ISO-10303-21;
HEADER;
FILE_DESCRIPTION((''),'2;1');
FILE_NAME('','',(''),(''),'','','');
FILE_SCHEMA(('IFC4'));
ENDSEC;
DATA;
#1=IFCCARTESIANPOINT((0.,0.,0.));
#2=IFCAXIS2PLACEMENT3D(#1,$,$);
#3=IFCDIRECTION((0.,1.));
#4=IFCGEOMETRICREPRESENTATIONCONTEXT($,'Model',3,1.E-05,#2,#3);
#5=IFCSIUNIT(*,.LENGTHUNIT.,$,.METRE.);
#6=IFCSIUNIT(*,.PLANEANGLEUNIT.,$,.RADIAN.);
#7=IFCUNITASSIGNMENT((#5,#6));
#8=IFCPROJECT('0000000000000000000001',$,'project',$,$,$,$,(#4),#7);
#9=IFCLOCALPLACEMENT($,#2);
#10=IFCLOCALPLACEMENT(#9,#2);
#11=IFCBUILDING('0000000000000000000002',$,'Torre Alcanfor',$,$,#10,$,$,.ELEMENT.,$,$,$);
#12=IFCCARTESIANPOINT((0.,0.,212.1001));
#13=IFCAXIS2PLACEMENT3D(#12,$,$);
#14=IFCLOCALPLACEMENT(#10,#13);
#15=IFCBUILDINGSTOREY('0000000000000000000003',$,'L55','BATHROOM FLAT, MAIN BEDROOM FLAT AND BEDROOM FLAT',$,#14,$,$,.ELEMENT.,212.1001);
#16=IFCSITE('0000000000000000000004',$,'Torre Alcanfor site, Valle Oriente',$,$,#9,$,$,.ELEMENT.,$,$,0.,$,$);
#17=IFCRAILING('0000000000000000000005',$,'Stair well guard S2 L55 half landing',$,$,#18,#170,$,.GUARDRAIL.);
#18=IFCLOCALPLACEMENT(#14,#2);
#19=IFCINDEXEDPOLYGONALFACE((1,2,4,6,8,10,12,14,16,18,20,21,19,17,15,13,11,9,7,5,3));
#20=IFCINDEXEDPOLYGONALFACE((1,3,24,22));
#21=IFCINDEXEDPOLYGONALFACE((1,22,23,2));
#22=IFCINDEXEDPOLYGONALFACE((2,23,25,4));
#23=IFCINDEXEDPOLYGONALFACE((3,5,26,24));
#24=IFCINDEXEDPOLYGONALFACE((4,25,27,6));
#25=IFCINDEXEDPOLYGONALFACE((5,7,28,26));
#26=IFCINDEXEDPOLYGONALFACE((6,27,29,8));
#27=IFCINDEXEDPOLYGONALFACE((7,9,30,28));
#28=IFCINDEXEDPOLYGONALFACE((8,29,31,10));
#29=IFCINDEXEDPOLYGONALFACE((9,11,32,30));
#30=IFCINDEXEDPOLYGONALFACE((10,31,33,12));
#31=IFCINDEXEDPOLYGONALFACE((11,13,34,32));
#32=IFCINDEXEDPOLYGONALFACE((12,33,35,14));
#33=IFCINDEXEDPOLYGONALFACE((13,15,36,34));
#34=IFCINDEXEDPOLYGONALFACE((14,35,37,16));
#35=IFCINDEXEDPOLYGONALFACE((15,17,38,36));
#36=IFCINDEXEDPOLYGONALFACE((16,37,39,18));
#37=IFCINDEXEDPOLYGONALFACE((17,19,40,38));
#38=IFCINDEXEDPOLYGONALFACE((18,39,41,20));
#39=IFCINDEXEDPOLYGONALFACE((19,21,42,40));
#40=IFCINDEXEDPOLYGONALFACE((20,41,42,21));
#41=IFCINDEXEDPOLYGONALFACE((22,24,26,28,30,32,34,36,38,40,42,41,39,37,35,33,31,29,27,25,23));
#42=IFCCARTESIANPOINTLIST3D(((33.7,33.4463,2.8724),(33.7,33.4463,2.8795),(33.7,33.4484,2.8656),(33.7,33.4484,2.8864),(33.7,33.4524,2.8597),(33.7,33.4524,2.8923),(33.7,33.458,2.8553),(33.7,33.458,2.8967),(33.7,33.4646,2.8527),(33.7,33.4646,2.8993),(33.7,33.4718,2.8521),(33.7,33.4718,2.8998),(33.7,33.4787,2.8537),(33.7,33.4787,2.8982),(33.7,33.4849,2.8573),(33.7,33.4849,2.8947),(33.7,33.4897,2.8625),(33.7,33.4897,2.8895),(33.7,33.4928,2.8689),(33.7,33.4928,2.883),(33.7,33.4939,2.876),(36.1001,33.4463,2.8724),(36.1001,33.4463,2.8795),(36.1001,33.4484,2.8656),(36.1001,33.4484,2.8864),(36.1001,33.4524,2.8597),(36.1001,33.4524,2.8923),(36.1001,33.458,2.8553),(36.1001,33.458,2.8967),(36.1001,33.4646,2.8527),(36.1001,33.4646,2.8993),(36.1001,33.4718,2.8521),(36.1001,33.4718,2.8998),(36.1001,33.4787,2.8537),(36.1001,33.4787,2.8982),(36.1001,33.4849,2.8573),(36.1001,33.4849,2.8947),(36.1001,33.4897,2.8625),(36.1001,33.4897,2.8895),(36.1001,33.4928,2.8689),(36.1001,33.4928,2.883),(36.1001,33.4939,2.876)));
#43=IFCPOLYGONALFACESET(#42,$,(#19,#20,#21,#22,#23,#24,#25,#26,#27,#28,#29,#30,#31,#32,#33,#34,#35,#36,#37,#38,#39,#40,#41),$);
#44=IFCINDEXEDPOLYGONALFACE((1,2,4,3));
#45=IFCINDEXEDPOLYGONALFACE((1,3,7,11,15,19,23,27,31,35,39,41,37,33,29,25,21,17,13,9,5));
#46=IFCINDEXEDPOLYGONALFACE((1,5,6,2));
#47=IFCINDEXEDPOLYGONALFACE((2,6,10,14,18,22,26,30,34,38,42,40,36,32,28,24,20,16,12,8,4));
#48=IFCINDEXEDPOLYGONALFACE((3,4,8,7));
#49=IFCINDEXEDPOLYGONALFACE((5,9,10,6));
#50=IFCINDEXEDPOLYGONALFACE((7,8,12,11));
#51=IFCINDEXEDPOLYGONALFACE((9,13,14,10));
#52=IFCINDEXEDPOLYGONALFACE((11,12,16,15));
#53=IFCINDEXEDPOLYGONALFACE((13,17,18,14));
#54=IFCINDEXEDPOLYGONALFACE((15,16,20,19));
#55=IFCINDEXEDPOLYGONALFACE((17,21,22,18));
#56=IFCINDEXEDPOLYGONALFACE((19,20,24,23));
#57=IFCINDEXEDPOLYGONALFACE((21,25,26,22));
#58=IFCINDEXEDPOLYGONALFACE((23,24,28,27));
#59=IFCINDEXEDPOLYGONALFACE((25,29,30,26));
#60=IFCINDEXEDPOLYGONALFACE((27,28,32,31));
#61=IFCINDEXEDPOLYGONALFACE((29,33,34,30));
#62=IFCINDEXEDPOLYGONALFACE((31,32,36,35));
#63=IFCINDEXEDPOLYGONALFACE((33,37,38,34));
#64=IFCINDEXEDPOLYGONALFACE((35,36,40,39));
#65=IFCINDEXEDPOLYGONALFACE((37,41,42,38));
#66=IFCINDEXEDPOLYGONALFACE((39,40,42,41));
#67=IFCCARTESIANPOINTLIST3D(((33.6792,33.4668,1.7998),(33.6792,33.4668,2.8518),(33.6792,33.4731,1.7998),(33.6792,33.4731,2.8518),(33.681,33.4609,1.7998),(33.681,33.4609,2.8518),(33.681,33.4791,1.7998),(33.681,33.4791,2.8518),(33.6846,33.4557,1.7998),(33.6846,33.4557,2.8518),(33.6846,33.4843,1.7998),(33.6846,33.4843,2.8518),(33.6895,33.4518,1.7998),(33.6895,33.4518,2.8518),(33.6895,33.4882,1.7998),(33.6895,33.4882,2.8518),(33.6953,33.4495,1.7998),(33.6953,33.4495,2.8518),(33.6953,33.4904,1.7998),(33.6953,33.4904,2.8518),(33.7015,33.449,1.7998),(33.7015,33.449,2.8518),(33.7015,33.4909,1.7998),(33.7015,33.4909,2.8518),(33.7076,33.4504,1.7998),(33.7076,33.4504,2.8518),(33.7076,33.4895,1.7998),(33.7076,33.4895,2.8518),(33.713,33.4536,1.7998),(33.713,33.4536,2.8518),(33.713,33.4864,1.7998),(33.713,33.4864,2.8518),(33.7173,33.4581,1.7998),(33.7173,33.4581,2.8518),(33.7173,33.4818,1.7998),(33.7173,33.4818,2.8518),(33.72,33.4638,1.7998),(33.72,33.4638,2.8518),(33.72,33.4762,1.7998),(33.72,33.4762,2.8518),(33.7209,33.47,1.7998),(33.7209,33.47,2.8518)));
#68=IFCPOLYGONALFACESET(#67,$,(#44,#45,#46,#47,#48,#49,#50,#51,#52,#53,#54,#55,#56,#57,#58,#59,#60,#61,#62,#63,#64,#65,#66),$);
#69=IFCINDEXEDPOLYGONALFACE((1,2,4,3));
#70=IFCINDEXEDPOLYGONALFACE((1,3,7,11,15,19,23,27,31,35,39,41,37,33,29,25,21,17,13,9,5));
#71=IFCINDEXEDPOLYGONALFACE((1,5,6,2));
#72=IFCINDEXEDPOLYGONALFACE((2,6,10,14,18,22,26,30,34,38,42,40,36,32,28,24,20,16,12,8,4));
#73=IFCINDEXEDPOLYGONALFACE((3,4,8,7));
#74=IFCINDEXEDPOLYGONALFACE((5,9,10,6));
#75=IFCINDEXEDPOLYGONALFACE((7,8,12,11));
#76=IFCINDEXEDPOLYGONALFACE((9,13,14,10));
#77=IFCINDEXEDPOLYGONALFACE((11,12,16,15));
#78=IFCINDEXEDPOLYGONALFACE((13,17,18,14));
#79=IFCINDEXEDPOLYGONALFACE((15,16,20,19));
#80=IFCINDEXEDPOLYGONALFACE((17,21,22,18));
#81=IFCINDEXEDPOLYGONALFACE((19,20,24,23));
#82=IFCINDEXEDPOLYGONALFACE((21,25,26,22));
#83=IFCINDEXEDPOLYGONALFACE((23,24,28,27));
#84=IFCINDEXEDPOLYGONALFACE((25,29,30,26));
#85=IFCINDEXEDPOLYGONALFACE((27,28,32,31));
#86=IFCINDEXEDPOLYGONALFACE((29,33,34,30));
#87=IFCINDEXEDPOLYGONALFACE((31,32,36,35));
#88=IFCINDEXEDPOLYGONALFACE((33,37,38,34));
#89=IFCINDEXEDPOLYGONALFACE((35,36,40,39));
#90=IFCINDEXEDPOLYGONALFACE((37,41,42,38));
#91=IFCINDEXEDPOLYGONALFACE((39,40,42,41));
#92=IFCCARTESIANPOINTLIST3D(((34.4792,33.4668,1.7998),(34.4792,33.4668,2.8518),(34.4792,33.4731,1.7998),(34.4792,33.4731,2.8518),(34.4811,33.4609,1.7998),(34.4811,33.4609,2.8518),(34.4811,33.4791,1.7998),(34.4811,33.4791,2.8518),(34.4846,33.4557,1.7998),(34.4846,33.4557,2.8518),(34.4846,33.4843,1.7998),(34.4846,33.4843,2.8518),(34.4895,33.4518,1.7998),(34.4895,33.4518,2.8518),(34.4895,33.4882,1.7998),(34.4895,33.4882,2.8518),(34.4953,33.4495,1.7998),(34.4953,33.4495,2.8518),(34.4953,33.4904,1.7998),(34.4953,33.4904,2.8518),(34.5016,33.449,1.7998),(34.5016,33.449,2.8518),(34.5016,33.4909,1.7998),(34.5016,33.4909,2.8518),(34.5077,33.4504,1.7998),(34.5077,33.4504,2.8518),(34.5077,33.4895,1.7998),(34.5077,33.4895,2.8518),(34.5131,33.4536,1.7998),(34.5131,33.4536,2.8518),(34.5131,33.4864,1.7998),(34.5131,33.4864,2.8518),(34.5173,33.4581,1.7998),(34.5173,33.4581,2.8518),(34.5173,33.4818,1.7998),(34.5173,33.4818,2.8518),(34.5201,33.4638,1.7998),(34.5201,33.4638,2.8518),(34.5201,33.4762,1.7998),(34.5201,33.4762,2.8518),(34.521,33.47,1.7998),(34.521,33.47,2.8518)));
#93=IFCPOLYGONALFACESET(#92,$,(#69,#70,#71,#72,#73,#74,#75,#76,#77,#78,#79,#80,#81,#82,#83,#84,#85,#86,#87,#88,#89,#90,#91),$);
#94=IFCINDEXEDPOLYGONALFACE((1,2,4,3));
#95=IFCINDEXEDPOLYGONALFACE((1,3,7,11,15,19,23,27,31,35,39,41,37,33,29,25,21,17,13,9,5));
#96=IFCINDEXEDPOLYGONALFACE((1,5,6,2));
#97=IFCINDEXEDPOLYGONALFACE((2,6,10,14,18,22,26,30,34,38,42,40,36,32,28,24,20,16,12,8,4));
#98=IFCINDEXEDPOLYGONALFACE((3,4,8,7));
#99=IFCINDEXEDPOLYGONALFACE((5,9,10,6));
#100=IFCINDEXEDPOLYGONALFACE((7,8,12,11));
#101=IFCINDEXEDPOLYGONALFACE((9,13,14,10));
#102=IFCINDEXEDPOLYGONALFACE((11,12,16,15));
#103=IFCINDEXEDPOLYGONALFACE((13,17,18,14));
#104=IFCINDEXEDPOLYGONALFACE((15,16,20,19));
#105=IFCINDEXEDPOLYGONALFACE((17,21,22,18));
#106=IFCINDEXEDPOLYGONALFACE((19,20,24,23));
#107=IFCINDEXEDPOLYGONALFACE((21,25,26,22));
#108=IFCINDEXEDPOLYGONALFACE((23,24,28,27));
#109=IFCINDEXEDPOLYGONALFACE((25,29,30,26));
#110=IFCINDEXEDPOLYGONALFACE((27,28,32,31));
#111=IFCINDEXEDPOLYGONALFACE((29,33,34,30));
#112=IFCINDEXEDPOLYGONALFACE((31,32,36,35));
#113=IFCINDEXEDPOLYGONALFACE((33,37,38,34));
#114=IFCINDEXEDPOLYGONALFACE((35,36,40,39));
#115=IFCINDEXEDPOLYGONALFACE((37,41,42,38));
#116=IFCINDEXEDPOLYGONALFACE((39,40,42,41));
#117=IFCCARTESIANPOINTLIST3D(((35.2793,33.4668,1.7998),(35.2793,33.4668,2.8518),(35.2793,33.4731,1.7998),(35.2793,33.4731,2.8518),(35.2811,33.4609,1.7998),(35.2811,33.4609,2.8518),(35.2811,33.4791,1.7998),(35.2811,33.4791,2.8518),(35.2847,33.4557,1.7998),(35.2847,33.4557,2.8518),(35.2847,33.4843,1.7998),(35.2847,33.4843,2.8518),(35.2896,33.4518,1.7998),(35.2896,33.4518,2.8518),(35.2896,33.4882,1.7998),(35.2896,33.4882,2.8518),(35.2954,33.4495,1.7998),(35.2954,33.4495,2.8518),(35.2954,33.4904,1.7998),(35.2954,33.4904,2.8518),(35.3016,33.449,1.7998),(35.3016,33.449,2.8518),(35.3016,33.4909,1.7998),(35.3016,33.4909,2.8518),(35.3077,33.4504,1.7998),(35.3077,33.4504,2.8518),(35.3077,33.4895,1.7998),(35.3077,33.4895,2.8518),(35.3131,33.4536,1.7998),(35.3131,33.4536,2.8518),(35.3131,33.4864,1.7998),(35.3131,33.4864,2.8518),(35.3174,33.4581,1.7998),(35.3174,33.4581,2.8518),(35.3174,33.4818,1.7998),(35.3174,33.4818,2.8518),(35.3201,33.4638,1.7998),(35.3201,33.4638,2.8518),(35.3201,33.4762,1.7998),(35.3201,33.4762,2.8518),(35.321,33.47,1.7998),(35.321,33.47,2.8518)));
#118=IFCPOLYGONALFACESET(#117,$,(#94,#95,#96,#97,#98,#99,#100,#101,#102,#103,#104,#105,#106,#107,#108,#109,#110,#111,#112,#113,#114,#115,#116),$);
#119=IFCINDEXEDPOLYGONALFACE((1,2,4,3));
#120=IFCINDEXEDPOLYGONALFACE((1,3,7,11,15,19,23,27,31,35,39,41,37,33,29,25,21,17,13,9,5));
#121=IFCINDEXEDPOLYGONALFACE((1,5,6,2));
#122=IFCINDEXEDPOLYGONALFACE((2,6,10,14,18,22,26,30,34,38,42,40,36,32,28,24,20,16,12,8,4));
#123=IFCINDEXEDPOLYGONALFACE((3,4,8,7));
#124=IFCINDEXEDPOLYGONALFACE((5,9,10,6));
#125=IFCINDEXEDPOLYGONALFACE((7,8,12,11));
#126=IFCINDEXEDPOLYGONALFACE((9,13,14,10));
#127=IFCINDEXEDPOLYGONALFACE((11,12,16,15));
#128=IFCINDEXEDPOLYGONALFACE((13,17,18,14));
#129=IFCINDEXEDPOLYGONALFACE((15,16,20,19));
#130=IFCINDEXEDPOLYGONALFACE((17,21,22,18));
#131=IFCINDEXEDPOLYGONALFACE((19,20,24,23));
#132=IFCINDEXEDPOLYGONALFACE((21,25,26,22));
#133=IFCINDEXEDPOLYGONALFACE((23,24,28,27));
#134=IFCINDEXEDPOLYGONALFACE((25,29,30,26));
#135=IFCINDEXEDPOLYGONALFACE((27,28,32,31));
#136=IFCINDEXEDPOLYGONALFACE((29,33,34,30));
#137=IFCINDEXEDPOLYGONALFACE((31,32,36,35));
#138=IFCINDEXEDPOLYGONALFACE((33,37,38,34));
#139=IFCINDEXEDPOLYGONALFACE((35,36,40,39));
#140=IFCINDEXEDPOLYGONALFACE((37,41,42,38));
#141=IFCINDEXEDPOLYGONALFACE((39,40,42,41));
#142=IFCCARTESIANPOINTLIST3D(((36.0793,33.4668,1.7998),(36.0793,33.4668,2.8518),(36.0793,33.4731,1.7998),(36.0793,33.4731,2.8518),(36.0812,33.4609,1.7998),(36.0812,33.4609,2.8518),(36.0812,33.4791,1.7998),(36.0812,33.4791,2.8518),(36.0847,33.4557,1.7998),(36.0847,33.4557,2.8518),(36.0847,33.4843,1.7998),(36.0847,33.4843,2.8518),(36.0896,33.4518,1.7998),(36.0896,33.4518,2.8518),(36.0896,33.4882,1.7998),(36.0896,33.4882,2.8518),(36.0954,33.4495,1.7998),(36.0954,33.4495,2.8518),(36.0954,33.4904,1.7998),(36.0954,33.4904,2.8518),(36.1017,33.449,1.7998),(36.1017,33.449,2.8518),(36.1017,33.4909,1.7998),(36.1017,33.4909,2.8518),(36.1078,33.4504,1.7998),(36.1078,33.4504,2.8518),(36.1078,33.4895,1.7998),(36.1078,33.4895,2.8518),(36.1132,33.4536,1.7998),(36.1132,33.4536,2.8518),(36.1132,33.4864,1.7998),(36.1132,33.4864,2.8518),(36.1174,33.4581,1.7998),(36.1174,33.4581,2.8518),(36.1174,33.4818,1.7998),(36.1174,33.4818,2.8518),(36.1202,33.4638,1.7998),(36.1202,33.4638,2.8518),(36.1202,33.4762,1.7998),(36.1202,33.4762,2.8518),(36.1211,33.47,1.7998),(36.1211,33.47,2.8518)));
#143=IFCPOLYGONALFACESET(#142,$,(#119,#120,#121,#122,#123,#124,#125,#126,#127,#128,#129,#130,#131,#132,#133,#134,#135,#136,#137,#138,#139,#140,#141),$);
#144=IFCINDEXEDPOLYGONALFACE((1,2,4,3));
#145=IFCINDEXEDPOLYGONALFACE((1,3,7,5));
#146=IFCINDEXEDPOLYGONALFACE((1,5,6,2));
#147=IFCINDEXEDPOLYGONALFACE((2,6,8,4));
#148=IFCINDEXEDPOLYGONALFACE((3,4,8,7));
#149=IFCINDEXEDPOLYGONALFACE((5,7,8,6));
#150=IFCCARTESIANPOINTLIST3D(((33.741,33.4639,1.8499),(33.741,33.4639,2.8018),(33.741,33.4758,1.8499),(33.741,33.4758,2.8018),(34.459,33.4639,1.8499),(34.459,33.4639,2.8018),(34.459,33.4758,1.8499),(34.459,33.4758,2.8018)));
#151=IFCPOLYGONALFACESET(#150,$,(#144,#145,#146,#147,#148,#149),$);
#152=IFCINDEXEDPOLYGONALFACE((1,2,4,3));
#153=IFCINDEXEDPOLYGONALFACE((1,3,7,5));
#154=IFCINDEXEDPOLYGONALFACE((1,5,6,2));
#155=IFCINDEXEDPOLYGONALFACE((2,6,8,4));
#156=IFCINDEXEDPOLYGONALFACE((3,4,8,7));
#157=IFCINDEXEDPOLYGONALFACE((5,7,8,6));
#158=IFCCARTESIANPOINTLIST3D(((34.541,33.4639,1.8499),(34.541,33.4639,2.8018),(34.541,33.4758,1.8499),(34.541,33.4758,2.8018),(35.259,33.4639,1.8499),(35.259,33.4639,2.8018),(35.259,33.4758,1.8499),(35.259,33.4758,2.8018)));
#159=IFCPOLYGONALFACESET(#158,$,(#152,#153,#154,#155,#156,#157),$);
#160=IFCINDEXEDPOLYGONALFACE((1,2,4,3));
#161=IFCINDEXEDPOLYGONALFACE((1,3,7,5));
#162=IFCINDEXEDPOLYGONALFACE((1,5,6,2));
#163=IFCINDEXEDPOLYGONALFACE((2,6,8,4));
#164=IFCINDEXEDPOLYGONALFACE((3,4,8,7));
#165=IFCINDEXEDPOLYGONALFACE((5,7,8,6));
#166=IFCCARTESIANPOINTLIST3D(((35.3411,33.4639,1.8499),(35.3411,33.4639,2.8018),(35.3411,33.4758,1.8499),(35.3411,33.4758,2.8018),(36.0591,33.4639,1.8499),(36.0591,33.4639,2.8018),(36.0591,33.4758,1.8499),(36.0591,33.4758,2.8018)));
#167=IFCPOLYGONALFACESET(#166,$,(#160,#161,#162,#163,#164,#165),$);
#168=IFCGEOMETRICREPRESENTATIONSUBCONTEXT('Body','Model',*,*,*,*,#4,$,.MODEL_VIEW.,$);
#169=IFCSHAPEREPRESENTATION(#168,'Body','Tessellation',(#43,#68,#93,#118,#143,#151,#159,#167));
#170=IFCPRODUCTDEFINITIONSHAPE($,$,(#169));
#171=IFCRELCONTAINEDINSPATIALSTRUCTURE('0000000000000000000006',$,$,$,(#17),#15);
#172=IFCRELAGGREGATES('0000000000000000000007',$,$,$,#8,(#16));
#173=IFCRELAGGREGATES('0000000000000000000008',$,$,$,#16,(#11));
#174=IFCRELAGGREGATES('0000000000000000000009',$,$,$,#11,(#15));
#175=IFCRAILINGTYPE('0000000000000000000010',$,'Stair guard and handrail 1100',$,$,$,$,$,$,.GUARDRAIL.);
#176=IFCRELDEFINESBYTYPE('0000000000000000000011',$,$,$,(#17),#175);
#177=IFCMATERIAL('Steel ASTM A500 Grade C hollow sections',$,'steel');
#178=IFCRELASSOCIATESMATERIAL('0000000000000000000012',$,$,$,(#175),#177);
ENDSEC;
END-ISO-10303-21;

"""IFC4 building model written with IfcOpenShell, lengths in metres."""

from ifc_helpers import new_model, si_unit, direction, frame, origin, origin_2d, place, context, subcontext, project, spatial, polyline, circle, outline, extrude, material, type_object, element, save


model = new_model("IFC4")

# Units and contexts
model_context = context("Model", 3, precision=1e-05, world=origin(), true_north=direction((0.0, 1.0)))
body_context = subcontext(model_context, "Body", "Model", "MODEL_VIEW")
ifc_project = project(units=[si_unit("LENGTHUNIT", "METRE"), si_unit("PLANEANGLEUNIT", "RADIAN")], contexts=[model_context])

# Site, building, storey
site_placement = place(None, origin())
site = spatial("IfcSite", under=ifc_project, at=site_placement, Name="Torre Alcanfor site, Valle Oriente", CompositionType="ELEMENT", RefElevation=0.0)
building_placement = place(site_placement, origin())
building = spatial("IfcBuilding", under=site, at=building_placement, Name="Torre Alcanfor", CompositionType="ELEMENT")
storey_placement = place(building_placement, frame((0.0, 0.0, 212.1001)))
storey = spatial("IfcBuildingStorey", under=building, at=storey_placement, Name="L55", Description="BATHROOM FLAT, MAIN BEDROOM FLAT AND BEDROOM FLAT", CompositionType="ELEMENT", Elevation=212.1001)

# Railing
ifc_material_1 = material(Name="Steel ASTM A500 Grade C hollow sections", Category="steel")
railing_type_1 = type_object("IfcRailingType", Name="Stair guard and handrail 1100", PredefinedType="GUARDRAIL", material=ifc_material_1)
for number, where, name in (
    (1, (33.7, 33.47, 1.7998), "Stair well guard S2 L55 half landing"),
):
    element("IfcRailing", number, at=place(storey_placement, frame(where)), inside=storey, type_object=railing_type_1, Name=name, PredefinedType="GUARDRAIL", context=body_context, shape_type="SweptSolid", body=[
        extrude(circle(Radius=0.0239, at=origin_2d()), frame((0.0, 0.0, 1.0762), z_axis=(1.0, 0.0, 0.0), x_axis=(0.0, 1.0, 0.0)), (0.0, 0.0, 1.0), 2.4001),
        extrude(circle(Radius=0.021, at=origin_2d()), origin(), (0.0, 0.0, 1.0), 1.052),
        extrude(circle(Radius=0.021, at=origin_2d()), frame((0.8, 0.0, 0.0)), (0.0, 0.0, 1.0), 1.052),
        extrude(circle(Radius=0.021, at=origin_2d()), frame((1.6001, 0.0, 0.0)), (0.0, 0.0, 1.0), 1.052),
        extrude(circle(Radius=0.021, at=origin_2d()), frame((2.4001, 0.0, 0.0)), (0.0, 0.0, 1.0), 1.052),
        extrude(outline(polyline([(0.041, 0.05), (0.759, 0.05), (0.759, 1.002), (0.041, 1.002), (0.041, 0.05)])), frame((0.0, 0.0059, 0.0), z_axis=(0.0, -1.0, 0.0), x_axis=(1.0, 0.0, 0.0)), (0.0, 0.0, 1.0), 0.012),
        extrude(outline(polyline([(0.8411, 0.05), (1.5591, 0.05), (1.5591, 1.002), (0.8411, 1.002), (0.8411, 0.05)])), frame((0.0, 0.0059, 0.0), z_axis=(0.0, -1.0, 0.0), x_axis=(1.0, 0.0, 0.0)), (0.0, 0.0, 1.0), 0.012),
        extrude(outline(polyline([(1.6411, 0.05), (2.3591, 0.05), (2.3591, 1.002), (1.6411, 1.002), (1.6411, 0.05)])), frame((0.0, 0.0059, 0.0), z_axis=(0.0, -1.0, 0.0), x_axis=(1.0, 0.0, 0.0)), (0.0, 0.0, 1.0), 0.012),
    ])

save(model, "model.ifc")
